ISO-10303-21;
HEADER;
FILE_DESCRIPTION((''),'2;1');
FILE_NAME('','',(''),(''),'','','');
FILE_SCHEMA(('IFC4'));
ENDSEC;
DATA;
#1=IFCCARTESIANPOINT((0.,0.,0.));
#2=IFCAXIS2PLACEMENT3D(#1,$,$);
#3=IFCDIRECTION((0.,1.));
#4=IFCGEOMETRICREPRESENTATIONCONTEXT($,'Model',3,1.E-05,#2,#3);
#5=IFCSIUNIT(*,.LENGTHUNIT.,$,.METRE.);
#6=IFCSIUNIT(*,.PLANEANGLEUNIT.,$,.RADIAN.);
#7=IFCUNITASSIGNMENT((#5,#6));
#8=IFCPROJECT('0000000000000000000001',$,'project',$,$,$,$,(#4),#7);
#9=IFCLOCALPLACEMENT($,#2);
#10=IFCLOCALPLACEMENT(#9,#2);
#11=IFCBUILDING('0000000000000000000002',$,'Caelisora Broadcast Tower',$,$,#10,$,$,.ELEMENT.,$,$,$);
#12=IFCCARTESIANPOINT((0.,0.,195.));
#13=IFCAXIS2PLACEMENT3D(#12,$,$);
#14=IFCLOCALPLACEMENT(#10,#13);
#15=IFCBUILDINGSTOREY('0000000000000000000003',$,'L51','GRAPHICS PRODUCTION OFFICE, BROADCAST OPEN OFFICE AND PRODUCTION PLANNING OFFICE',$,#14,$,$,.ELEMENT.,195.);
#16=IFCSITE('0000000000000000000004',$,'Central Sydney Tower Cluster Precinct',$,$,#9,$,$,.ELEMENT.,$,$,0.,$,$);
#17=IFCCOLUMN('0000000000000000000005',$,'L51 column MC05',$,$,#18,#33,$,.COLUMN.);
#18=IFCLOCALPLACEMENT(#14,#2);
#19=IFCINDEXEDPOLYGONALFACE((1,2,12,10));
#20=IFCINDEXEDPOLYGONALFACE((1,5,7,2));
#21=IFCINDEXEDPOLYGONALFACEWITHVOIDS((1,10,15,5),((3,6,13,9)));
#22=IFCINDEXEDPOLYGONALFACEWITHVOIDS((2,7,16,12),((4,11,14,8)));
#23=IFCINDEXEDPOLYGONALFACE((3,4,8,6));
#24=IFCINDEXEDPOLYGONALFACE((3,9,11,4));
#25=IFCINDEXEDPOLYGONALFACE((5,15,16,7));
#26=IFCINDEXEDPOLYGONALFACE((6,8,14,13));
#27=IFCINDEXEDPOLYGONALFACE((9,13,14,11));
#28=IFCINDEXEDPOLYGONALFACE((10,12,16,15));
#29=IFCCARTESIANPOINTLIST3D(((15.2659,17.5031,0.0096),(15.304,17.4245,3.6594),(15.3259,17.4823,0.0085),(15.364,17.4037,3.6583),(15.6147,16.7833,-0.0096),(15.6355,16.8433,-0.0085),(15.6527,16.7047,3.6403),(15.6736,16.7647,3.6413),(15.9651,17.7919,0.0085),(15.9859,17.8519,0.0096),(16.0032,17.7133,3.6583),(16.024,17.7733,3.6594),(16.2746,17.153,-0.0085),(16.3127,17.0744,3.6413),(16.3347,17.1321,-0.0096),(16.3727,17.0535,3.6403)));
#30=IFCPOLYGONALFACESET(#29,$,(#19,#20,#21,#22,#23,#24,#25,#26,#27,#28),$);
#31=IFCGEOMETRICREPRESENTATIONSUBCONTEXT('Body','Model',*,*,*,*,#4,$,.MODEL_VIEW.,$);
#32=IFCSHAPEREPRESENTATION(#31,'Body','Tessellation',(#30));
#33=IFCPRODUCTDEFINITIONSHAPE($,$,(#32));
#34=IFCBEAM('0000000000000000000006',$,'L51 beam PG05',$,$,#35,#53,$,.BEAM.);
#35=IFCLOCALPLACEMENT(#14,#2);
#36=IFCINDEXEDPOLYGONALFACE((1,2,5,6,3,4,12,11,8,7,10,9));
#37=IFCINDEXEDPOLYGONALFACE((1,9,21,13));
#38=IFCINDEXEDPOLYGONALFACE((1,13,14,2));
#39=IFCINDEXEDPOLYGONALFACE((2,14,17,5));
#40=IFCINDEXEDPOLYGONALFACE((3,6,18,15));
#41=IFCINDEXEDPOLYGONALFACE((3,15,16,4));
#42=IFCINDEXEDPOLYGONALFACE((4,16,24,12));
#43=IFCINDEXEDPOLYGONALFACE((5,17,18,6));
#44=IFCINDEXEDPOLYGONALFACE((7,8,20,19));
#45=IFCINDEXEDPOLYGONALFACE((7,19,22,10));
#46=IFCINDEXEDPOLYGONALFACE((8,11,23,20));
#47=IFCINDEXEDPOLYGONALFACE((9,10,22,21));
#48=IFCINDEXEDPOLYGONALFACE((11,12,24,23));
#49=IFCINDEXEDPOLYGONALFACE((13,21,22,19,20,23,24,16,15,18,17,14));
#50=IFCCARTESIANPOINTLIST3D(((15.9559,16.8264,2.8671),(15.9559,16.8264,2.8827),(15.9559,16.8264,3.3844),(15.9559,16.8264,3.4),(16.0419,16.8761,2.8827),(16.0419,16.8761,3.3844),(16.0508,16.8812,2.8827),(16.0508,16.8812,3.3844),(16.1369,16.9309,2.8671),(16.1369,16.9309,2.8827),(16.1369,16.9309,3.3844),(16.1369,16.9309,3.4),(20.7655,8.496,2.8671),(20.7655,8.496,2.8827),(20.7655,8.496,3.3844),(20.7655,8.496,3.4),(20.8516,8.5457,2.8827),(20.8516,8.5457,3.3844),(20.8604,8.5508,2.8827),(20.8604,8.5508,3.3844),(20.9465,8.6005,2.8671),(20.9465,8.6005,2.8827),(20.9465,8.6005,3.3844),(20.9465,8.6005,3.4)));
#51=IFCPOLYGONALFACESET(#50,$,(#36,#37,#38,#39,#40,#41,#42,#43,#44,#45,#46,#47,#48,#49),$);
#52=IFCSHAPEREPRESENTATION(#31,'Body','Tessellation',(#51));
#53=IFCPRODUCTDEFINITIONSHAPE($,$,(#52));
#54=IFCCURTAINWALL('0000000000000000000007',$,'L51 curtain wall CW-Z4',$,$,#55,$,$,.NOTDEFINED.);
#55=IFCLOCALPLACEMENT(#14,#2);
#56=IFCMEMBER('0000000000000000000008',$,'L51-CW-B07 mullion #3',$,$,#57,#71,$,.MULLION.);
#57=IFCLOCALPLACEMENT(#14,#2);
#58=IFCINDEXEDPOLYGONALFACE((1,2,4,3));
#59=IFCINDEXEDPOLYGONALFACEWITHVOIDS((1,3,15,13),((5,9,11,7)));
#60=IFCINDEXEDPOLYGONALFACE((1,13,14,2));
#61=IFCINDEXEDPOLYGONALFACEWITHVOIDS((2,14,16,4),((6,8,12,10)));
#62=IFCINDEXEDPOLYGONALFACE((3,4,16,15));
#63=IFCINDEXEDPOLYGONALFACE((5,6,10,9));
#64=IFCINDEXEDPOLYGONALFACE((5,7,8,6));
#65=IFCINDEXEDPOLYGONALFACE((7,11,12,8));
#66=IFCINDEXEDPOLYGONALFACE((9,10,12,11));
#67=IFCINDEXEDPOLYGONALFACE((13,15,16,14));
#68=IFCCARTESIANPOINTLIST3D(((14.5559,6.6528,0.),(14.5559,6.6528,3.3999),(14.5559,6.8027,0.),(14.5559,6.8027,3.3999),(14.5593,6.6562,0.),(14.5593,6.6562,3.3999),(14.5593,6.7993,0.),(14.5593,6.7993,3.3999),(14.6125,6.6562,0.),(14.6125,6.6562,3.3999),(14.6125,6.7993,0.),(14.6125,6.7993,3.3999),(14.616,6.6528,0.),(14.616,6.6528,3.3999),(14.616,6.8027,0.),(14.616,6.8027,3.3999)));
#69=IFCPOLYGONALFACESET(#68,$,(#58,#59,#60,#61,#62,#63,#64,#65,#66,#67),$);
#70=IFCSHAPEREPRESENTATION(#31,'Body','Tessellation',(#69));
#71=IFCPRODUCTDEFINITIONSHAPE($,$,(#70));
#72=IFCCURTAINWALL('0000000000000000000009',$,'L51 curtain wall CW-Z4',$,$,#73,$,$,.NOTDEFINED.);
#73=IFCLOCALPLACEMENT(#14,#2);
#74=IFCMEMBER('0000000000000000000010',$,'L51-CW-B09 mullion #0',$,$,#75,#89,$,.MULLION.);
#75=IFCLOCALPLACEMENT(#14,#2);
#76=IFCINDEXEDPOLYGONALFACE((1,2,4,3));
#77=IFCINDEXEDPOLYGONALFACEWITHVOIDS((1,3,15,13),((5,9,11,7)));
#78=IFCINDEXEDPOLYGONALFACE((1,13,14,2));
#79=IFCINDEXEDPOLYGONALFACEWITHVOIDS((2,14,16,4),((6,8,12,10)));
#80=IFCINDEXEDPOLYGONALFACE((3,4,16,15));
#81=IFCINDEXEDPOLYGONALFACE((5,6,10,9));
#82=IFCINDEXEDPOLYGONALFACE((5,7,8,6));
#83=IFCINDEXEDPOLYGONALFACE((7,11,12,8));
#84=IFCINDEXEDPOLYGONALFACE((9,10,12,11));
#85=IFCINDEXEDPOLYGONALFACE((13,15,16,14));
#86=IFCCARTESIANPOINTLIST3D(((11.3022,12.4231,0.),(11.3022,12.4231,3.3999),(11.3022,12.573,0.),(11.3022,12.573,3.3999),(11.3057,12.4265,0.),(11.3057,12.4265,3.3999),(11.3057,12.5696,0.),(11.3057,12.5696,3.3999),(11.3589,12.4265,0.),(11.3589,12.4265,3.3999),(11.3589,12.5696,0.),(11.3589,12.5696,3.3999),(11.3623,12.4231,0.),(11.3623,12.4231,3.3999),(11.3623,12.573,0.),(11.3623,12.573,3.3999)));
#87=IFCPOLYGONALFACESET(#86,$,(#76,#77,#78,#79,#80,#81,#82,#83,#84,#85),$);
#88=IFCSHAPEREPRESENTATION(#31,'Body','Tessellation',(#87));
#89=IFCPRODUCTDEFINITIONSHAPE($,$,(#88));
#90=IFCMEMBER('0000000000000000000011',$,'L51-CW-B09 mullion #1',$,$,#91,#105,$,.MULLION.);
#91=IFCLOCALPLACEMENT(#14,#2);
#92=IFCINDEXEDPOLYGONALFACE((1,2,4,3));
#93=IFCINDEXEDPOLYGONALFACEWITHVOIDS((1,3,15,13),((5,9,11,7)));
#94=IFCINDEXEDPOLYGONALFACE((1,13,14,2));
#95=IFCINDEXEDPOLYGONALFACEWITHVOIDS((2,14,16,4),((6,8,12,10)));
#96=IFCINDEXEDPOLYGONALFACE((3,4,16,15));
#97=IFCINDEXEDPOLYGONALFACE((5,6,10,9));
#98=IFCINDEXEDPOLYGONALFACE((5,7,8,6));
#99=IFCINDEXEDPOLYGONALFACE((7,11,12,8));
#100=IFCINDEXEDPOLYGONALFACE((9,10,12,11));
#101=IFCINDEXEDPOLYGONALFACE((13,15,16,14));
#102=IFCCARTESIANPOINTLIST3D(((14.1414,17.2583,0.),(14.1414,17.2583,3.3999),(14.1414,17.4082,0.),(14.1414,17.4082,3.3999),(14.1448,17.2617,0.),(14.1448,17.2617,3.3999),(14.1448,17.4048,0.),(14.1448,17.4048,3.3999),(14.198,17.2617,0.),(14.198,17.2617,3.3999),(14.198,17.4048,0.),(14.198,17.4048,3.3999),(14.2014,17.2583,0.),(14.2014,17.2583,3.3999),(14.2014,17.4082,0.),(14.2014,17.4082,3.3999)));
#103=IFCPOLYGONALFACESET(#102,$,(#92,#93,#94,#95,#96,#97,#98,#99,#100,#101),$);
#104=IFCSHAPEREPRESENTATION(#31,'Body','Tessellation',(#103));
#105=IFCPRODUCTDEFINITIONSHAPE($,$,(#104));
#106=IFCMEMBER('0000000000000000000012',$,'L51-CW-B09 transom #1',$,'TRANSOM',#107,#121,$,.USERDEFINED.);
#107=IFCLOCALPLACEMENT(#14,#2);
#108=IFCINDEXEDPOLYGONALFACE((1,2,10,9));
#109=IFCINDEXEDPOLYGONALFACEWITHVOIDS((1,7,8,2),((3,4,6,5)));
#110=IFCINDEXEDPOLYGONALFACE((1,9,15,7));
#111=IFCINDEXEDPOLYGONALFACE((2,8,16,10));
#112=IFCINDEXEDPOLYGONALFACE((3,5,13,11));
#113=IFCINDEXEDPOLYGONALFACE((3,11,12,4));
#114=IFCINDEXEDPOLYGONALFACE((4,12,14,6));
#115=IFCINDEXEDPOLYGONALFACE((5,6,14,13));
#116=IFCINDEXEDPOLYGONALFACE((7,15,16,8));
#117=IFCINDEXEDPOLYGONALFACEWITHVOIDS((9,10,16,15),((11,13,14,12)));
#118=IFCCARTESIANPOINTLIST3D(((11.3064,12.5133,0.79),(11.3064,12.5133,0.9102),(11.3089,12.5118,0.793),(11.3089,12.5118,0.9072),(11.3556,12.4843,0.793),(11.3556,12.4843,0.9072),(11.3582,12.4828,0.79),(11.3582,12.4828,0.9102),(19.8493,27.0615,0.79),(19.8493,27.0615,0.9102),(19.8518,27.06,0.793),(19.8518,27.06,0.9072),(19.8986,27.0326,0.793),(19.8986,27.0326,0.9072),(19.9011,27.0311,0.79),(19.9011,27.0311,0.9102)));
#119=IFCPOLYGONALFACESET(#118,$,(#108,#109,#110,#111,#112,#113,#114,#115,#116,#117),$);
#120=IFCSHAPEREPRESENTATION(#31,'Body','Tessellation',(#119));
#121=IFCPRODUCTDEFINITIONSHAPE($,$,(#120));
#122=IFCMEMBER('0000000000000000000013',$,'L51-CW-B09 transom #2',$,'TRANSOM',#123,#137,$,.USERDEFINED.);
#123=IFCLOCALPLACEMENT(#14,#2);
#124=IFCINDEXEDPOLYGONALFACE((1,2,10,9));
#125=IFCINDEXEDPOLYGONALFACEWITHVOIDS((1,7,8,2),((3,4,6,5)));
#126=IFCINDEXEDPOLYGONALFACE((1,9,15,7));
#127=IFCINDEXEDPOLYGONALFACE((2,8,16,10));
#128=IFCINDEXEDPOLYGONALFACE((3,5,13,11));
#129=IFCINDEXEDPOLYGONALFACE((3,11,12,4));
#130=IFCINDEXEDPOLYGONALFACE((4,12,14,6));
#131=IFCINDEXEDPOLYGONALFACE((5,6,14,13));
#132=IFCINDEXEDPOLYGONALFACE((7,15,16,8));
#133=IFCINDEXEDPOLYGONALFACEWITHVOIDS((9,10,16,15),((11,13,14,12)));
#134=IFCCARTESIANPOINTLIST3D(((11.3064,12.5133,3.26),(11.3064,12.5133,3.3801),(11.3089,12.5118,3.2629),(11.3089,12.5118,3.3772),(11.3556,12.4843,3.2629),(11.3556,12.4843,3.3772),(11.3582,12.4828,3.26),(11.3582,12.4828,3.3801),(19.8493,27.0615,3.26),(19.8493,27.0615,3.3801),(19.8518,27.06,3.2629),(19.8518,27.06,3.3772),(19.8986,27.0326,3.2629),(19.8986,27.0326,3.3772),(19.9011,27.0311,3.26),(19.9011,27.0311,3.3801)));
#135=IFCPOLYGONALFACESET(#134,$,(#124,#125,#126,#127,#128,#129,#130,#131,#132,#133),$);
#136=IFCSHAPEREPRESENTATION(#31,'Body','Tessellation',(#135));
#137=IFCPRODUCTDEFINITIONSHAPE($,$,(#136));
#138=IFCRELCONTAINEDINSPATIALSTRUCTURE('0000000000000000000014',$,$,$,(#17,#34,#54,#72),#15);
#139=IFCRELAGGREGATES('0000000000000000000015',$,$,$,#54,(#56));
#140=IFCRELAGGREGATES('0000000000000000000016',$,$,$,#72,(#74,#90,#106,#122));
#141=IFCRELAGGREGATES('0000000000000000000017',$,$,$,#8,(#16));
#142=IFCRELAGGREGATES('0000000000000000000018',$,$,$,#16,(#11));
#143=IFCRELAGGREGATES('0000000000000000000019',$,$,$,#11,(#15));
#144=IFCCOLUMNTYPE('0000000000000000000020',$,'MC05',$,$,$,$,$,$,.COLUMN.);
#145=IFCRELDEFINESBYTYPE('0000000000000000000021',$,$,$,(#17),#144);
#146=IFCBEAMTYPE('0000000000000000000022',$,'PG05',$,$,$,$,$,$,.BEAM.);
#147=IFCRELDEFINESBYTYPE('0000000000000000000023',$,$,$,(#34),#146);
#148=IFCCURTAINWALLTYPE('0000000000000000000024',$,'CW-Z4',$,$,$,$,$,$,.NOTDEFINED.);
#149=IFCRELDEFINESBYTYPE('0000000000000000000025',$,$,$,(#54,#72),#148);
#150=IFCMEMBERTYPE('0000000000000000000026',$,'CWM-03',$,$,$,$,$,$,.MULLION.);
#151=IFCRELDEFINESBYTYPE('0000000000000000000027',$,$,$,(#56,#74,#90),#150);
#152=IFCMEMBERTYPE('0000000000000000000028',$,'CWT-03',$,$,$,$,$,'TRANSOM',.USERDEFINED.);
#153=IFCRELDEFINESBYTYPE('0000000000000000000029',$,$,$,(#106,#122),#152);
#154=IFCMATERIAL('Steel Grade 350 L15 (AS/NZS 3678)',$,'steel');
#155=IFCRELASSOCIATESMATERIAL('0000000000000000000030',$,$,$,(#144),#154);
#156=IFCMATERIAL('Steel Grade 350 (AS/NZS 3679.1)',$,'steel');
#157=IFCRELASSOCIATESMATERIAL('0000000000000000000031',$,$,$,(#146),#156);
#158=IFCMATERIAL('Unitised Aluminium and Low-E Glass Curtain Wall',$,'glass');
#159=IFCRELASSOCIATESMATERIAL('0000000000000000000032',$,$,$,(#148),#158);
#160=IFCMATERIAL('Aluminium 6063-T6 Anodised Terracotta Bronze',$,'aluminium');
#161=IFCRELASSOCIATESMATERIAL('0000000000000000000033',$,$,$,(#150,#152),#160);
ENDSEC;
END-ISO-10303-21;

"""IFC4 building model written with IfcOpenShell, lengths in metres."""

from ifc_helpers import new_model, si_unit, direction, frame, origin, origin_2d, place, context, subcontext, project, spatial, hollow_rectangle, i_section, extrude, source, transform, mapped, material, material_profile, profile_set, type_object, type_shapes, element, aggregate, save


model = new_model("IFC4")

# Units and contexts
model_context = context("Model", 3, precision=1e-05, world=origin(), true_north=direction((0.0, 1.0)))
body_context = subcontext(model_context, "Body", "Model", "MODEL_VIEW")
ifc_project = project(units=[si_unit("LENGTHUNIT", "METRE"), si_unit("PLANEANGLEUNIT", "RADIAN")], contexts=[model_context])

# Site, building, storey
site_placement = place(None, origin())
site = spatial("IfcSite", under=ifc_project, at=site_placement, Name="Central Sydney Tower Cluster Precinct", CompositionType="ELEMENT", RefElevation=0.0)
building_placement = place(site_placement, origin())
building = spatial("IfcBuilding", under=site, at=building_placement, Name="Caelisora Broadcast Tower", CompositionType="ELEMENT")
storey_placement = place(building_placement, frame((0.0, 0.0, 195.0)))
storey = spatial("IfcBuildingStorey", under=building, at=storey_placement, Name="L51", Description="GRAPHICS PRODUCTION OFFICE, BROADCAST OPEN OFFICE AND PRODUCTION PLANNING OFFICE", CompositionType="ELEMENT", Elevation=195.0)

# Column
ifc_material_1 = material(Name="Steel Grade 350 L15 (AS/NZS 3678)", Category="steel")
ifc_material_profile_1 = material_profile(ifc_material_1, hollow_rectangle(XDim=0.8, YDim=0.8, WallThickness=0.0449, at=origin_2d()), Name="Steel Grade 350 L15 (AS/NZS 3678)")
ifc_profile_set_1 = profile_set([ifc_material_profile_1], Name="Steel Grade 350 L15 (AS/NZS 3678)")
column_type = type_object("IfcColumnType", Name="MC05", PredefinedType="COLUMN", material=ifc_profile_set_1)
shared_shape_1 = source(origin(), body_context, "Body", "SweptSolid", [
    extrude(hollow_rectangle(XDim=0.8, YDim=0.8, WallThickness=0.0449, at=origin_2d()), origin(), (0.0, 0.0, 1.0), 3.6509),
])
type_shapes(column_type, [shared_shape_1])
column_placement = place(storey_placement, frame((15.8003, 17.3176, 0.0), z_axis=(0.010432, -0.021532, 0.999714), x_axis=(0.899947, 0.435999, 0.0)))
element("IfcColumn", 1, at=column_placement, inside=storey, type_object=column_type, Name="L51 column MC05", PredefinedType="COLUMN", context=body_context, shape_type="MappedRepresentation", body=[
    mapped(shared_shape_1, transform((0.0, 0.0, 0.0), scale=1.0)),
])

# Beam
ifc_material_2 = material(Name="Steel Grade 350 (AS/NZS 3679.1)", Category="steel")
ifc_material_profile_2 = material_profile(ifc_material_2, i_section(OverallWidth=0.209, OverallDepth=0.533, WebThickness=0.0103, FlangeThickness=0.0156, at=origin_2d()), Name="Steel Grade 350 (AS/NZS 3679.1)")
ifc_profile_set_2 = profile_set([ifc_material_profile_2], Name="Steel Grade 350 (AS/NZS 3679.1)")
beam_type = type_object("IfcBeamType", Name="PG05", PredefinedType="BEAM", material=ifc_profile_set_2)
shared_shape_2 = source(origin(), body_context, "Body", "SweptSolid", [
    extrude(i_section(OverallWidth=0.209, OverallDepth=0.533, WebThickness=0.0103, FlangeThickness=0.0156, at=origin_2d()), origin(), (0.0, 0.0, 1.0), 9.6191),
])
type_shapes(beam_type, [shared_shape_2])
beam_placement = place(storey_placement, frame((16.0464, 16.8787, 3.1335), z_axis=(0.500004, -0.866023, 0.0), x_axis=(0.866023, 0.500004, 0.0)))
element("IfcBeam", 2, at=beam_placement, inside=storey, type_object=beam_type, Name="L51 beam PG05", PredefinedType="BEAM", context=body_context, shape_type="MappedRepresentation", body=[
    mapped(shared_shape_2, transform((0.0, 0.0, 0.0), scale=1.0)),
])

# Curtain wall, member
ifc_material_3 = material(Name="Unitised Aluminium and Low-E Glass Curtain Wall", Category="glass")
curtain_wall_type = type_object("IfcCurtainWallType", Name="CW-Z4", PredefinedType="NOTDEFINED", material=ifc_material_3)
curtain_wall_1_placement = place(storey_placement, origin())
curtain_wall_1 = element("IfcCurtainWall", 3, at=curtain_wall_1_placement, inside=storey, type_object=curtain_wall_type, Name="L51 curtain wall CW-Z4", PredefinedType="NOTDEFINED")
ifc_material_4 = material(Name="Aluminium 6063-T6 Anodised Terracotta Bronze", Category="aluminium")
ifc_material_profile_3 = material_profile(ifc_material_4, hollow_rectangle(XDim=0.0601, YDim=0.1499, WallThickness=0.0034, at=origin_2d()), Name="Aluminium 6063-T6 Anodised Terracotta Bronze")
ifc_profile_set_3 = profile_set([ifc_material_profile_3], Name="Aluminium 6063-T6 Anodised Terracotta Bronze")
member_type_1 = type_object("IfcMemberType", Name="CWM-03", PredefinedType="MULLION", material=ifc_profile_set_3)
shared_shape_3 = source(origin(), body_context, "Body", "SweptSolid", [
    extrude(hollow_rectangle(XDim=0.0601, YDim=0.1499, WallThickness=0.0034, at=origin_2d()), origin(), (0.0, 0.0, 1.0), 3.3999),
])
type_shapes(member_type_1, [shared_shape_3])
member_1_placement = place(storey_placement, frame((14.5859, 6.7278, 0.0), z_axis=(0.0, 0.0, 1.0), x_axis=(1.0, 0.0, 0.0)))
member_1 = element("IfcMember", 4, at=member_1_placement, type_object=member_type_1, Name="L51-CW-B07 mullion #3", PredefinedType="MULLION", context=body_context, shape_type="MappedRepresentation", body=[
    mapped(shared_shape_3, transform((0.0, 0.0, 0.0), scale=1.0)),
])
aggregate(curtain_wall_1, [member_1])

# Curtain wall, members
curtain_wall_2_placement = place(storey_placement, origin())
curtain_wall_2 = element("IfcCurtainWall", 5, at=curtain_wall_2_placement, inside=storey, type_object=curtain_wall_type, Name="L51 curtain wall CW-Z4", PredefinedType="NOTDEFINED")
member_2_placement = place(storey_placement, frame((11.3323, 12.498, 0.0), z_axis=(0.0, 0.0, 1.0), x_axis=(1.0, 0.0, 0.0)))
member_2 = element("IfcMember", 6, at=member_2_placement, type_object=member_type_1, Name="L51-CW-B09 mullion #0", PredefinedType="MULLION", context=body_context, shape_type="MappedRepresentation", body=[
    mapped(shared_shape_3, transform((0.0, 0.0, 0.0), scale=1.0)),
])
member_3_placement = place(storey_placement, frame((14.1714, 17.3333, 0.0), z_axis=(0.0, 0.0, 1.0), x_axis=(1.0, 0.0, 0.0)))
member_3 = element("IfcMember", 7, at=member_3_placement, type_object=member_type_1, Name="L51-CW-B09 mullion #1", PredefinedType="MULLION", context=body_context, shape_type="MappedRepresentation", body=[
    mapped(shared_shape_3, transform((0.0, 0.0, 0.0), scale=1.0)),
])
ifc_material_profile_4 = material_profile(ifc_material_4, hollow_rectangle(XDim=0.0601, YDim=0.1201, WallThickness=0.0029, at=origin_2d()), Name="Aluminium 6063-T6 Anodised Terracotta Bronze")
ifc_profile_set_4 = profile_set([ifc_material_profile_4], Name="Aluminium 6063-T6 Anodised Terracotta Bronze")
member_type_2 = type_object("IfcMemberType", Name="CWT-03", ElementType="TRANSOM", PredefinedType="USERDEFINED", material=ifc_profile_set_4)
shared_shape_4 = source(origin(), body_context, "Body", "SweptSolid", [
    extrude(hollow_rectangle(XDim=0.0601, YDim=0.1201, WallThickness=0.0029, at=origin_2d()), origin(), (0.0, 0.0, 1.0), 16.8711),
])
type_shapes(member_type_2, [shared_shape_4])
member_4_placement = place(storey_placement, frame((11.3323, 12.498, 0.8501), z_axis=(0.506365, 0.862319, 0.0), x_axis=(-0.862319, 0.506365, 0.0)))
member_4 = element("IfcMember", 8, at=member_4_placement, type_object=member_type_2, Name="L51-CW-B09 transom #1", ObjectType="TRANSOM", PredefinedType="USERDEFINED", context=body_context, shape_type="MappedRepresentation", body=[
    mapped(shared_shape_4, transform((0.0, 0.0, 0.0), scale=1.0)),
])
member_5_placement = place(storey_placement, frame((11.3323, 12.498, 3.3201), z_axis=(0.506365, 0.862319, 0.0), x_axis=(-0.862319, 0.506365, 0.0)))
member_5 = element("IfcMember", 9, at=member_5_placement, type_object=member_type_2, Name="L51-CW-B09 transom #2", ObjectType="TRANSOM", PredefinedType="USERDEFINED", context=body_context, shape_type="MappedRepresentation", body=[
    mapped(shared_shape_4, transform((0.0, 0.0, 0.0), scale=1.0)),
])

aggregate(curtain_wall_2, [member_2, member_3, member_4, member_5])

save(model, "model.ifc")
